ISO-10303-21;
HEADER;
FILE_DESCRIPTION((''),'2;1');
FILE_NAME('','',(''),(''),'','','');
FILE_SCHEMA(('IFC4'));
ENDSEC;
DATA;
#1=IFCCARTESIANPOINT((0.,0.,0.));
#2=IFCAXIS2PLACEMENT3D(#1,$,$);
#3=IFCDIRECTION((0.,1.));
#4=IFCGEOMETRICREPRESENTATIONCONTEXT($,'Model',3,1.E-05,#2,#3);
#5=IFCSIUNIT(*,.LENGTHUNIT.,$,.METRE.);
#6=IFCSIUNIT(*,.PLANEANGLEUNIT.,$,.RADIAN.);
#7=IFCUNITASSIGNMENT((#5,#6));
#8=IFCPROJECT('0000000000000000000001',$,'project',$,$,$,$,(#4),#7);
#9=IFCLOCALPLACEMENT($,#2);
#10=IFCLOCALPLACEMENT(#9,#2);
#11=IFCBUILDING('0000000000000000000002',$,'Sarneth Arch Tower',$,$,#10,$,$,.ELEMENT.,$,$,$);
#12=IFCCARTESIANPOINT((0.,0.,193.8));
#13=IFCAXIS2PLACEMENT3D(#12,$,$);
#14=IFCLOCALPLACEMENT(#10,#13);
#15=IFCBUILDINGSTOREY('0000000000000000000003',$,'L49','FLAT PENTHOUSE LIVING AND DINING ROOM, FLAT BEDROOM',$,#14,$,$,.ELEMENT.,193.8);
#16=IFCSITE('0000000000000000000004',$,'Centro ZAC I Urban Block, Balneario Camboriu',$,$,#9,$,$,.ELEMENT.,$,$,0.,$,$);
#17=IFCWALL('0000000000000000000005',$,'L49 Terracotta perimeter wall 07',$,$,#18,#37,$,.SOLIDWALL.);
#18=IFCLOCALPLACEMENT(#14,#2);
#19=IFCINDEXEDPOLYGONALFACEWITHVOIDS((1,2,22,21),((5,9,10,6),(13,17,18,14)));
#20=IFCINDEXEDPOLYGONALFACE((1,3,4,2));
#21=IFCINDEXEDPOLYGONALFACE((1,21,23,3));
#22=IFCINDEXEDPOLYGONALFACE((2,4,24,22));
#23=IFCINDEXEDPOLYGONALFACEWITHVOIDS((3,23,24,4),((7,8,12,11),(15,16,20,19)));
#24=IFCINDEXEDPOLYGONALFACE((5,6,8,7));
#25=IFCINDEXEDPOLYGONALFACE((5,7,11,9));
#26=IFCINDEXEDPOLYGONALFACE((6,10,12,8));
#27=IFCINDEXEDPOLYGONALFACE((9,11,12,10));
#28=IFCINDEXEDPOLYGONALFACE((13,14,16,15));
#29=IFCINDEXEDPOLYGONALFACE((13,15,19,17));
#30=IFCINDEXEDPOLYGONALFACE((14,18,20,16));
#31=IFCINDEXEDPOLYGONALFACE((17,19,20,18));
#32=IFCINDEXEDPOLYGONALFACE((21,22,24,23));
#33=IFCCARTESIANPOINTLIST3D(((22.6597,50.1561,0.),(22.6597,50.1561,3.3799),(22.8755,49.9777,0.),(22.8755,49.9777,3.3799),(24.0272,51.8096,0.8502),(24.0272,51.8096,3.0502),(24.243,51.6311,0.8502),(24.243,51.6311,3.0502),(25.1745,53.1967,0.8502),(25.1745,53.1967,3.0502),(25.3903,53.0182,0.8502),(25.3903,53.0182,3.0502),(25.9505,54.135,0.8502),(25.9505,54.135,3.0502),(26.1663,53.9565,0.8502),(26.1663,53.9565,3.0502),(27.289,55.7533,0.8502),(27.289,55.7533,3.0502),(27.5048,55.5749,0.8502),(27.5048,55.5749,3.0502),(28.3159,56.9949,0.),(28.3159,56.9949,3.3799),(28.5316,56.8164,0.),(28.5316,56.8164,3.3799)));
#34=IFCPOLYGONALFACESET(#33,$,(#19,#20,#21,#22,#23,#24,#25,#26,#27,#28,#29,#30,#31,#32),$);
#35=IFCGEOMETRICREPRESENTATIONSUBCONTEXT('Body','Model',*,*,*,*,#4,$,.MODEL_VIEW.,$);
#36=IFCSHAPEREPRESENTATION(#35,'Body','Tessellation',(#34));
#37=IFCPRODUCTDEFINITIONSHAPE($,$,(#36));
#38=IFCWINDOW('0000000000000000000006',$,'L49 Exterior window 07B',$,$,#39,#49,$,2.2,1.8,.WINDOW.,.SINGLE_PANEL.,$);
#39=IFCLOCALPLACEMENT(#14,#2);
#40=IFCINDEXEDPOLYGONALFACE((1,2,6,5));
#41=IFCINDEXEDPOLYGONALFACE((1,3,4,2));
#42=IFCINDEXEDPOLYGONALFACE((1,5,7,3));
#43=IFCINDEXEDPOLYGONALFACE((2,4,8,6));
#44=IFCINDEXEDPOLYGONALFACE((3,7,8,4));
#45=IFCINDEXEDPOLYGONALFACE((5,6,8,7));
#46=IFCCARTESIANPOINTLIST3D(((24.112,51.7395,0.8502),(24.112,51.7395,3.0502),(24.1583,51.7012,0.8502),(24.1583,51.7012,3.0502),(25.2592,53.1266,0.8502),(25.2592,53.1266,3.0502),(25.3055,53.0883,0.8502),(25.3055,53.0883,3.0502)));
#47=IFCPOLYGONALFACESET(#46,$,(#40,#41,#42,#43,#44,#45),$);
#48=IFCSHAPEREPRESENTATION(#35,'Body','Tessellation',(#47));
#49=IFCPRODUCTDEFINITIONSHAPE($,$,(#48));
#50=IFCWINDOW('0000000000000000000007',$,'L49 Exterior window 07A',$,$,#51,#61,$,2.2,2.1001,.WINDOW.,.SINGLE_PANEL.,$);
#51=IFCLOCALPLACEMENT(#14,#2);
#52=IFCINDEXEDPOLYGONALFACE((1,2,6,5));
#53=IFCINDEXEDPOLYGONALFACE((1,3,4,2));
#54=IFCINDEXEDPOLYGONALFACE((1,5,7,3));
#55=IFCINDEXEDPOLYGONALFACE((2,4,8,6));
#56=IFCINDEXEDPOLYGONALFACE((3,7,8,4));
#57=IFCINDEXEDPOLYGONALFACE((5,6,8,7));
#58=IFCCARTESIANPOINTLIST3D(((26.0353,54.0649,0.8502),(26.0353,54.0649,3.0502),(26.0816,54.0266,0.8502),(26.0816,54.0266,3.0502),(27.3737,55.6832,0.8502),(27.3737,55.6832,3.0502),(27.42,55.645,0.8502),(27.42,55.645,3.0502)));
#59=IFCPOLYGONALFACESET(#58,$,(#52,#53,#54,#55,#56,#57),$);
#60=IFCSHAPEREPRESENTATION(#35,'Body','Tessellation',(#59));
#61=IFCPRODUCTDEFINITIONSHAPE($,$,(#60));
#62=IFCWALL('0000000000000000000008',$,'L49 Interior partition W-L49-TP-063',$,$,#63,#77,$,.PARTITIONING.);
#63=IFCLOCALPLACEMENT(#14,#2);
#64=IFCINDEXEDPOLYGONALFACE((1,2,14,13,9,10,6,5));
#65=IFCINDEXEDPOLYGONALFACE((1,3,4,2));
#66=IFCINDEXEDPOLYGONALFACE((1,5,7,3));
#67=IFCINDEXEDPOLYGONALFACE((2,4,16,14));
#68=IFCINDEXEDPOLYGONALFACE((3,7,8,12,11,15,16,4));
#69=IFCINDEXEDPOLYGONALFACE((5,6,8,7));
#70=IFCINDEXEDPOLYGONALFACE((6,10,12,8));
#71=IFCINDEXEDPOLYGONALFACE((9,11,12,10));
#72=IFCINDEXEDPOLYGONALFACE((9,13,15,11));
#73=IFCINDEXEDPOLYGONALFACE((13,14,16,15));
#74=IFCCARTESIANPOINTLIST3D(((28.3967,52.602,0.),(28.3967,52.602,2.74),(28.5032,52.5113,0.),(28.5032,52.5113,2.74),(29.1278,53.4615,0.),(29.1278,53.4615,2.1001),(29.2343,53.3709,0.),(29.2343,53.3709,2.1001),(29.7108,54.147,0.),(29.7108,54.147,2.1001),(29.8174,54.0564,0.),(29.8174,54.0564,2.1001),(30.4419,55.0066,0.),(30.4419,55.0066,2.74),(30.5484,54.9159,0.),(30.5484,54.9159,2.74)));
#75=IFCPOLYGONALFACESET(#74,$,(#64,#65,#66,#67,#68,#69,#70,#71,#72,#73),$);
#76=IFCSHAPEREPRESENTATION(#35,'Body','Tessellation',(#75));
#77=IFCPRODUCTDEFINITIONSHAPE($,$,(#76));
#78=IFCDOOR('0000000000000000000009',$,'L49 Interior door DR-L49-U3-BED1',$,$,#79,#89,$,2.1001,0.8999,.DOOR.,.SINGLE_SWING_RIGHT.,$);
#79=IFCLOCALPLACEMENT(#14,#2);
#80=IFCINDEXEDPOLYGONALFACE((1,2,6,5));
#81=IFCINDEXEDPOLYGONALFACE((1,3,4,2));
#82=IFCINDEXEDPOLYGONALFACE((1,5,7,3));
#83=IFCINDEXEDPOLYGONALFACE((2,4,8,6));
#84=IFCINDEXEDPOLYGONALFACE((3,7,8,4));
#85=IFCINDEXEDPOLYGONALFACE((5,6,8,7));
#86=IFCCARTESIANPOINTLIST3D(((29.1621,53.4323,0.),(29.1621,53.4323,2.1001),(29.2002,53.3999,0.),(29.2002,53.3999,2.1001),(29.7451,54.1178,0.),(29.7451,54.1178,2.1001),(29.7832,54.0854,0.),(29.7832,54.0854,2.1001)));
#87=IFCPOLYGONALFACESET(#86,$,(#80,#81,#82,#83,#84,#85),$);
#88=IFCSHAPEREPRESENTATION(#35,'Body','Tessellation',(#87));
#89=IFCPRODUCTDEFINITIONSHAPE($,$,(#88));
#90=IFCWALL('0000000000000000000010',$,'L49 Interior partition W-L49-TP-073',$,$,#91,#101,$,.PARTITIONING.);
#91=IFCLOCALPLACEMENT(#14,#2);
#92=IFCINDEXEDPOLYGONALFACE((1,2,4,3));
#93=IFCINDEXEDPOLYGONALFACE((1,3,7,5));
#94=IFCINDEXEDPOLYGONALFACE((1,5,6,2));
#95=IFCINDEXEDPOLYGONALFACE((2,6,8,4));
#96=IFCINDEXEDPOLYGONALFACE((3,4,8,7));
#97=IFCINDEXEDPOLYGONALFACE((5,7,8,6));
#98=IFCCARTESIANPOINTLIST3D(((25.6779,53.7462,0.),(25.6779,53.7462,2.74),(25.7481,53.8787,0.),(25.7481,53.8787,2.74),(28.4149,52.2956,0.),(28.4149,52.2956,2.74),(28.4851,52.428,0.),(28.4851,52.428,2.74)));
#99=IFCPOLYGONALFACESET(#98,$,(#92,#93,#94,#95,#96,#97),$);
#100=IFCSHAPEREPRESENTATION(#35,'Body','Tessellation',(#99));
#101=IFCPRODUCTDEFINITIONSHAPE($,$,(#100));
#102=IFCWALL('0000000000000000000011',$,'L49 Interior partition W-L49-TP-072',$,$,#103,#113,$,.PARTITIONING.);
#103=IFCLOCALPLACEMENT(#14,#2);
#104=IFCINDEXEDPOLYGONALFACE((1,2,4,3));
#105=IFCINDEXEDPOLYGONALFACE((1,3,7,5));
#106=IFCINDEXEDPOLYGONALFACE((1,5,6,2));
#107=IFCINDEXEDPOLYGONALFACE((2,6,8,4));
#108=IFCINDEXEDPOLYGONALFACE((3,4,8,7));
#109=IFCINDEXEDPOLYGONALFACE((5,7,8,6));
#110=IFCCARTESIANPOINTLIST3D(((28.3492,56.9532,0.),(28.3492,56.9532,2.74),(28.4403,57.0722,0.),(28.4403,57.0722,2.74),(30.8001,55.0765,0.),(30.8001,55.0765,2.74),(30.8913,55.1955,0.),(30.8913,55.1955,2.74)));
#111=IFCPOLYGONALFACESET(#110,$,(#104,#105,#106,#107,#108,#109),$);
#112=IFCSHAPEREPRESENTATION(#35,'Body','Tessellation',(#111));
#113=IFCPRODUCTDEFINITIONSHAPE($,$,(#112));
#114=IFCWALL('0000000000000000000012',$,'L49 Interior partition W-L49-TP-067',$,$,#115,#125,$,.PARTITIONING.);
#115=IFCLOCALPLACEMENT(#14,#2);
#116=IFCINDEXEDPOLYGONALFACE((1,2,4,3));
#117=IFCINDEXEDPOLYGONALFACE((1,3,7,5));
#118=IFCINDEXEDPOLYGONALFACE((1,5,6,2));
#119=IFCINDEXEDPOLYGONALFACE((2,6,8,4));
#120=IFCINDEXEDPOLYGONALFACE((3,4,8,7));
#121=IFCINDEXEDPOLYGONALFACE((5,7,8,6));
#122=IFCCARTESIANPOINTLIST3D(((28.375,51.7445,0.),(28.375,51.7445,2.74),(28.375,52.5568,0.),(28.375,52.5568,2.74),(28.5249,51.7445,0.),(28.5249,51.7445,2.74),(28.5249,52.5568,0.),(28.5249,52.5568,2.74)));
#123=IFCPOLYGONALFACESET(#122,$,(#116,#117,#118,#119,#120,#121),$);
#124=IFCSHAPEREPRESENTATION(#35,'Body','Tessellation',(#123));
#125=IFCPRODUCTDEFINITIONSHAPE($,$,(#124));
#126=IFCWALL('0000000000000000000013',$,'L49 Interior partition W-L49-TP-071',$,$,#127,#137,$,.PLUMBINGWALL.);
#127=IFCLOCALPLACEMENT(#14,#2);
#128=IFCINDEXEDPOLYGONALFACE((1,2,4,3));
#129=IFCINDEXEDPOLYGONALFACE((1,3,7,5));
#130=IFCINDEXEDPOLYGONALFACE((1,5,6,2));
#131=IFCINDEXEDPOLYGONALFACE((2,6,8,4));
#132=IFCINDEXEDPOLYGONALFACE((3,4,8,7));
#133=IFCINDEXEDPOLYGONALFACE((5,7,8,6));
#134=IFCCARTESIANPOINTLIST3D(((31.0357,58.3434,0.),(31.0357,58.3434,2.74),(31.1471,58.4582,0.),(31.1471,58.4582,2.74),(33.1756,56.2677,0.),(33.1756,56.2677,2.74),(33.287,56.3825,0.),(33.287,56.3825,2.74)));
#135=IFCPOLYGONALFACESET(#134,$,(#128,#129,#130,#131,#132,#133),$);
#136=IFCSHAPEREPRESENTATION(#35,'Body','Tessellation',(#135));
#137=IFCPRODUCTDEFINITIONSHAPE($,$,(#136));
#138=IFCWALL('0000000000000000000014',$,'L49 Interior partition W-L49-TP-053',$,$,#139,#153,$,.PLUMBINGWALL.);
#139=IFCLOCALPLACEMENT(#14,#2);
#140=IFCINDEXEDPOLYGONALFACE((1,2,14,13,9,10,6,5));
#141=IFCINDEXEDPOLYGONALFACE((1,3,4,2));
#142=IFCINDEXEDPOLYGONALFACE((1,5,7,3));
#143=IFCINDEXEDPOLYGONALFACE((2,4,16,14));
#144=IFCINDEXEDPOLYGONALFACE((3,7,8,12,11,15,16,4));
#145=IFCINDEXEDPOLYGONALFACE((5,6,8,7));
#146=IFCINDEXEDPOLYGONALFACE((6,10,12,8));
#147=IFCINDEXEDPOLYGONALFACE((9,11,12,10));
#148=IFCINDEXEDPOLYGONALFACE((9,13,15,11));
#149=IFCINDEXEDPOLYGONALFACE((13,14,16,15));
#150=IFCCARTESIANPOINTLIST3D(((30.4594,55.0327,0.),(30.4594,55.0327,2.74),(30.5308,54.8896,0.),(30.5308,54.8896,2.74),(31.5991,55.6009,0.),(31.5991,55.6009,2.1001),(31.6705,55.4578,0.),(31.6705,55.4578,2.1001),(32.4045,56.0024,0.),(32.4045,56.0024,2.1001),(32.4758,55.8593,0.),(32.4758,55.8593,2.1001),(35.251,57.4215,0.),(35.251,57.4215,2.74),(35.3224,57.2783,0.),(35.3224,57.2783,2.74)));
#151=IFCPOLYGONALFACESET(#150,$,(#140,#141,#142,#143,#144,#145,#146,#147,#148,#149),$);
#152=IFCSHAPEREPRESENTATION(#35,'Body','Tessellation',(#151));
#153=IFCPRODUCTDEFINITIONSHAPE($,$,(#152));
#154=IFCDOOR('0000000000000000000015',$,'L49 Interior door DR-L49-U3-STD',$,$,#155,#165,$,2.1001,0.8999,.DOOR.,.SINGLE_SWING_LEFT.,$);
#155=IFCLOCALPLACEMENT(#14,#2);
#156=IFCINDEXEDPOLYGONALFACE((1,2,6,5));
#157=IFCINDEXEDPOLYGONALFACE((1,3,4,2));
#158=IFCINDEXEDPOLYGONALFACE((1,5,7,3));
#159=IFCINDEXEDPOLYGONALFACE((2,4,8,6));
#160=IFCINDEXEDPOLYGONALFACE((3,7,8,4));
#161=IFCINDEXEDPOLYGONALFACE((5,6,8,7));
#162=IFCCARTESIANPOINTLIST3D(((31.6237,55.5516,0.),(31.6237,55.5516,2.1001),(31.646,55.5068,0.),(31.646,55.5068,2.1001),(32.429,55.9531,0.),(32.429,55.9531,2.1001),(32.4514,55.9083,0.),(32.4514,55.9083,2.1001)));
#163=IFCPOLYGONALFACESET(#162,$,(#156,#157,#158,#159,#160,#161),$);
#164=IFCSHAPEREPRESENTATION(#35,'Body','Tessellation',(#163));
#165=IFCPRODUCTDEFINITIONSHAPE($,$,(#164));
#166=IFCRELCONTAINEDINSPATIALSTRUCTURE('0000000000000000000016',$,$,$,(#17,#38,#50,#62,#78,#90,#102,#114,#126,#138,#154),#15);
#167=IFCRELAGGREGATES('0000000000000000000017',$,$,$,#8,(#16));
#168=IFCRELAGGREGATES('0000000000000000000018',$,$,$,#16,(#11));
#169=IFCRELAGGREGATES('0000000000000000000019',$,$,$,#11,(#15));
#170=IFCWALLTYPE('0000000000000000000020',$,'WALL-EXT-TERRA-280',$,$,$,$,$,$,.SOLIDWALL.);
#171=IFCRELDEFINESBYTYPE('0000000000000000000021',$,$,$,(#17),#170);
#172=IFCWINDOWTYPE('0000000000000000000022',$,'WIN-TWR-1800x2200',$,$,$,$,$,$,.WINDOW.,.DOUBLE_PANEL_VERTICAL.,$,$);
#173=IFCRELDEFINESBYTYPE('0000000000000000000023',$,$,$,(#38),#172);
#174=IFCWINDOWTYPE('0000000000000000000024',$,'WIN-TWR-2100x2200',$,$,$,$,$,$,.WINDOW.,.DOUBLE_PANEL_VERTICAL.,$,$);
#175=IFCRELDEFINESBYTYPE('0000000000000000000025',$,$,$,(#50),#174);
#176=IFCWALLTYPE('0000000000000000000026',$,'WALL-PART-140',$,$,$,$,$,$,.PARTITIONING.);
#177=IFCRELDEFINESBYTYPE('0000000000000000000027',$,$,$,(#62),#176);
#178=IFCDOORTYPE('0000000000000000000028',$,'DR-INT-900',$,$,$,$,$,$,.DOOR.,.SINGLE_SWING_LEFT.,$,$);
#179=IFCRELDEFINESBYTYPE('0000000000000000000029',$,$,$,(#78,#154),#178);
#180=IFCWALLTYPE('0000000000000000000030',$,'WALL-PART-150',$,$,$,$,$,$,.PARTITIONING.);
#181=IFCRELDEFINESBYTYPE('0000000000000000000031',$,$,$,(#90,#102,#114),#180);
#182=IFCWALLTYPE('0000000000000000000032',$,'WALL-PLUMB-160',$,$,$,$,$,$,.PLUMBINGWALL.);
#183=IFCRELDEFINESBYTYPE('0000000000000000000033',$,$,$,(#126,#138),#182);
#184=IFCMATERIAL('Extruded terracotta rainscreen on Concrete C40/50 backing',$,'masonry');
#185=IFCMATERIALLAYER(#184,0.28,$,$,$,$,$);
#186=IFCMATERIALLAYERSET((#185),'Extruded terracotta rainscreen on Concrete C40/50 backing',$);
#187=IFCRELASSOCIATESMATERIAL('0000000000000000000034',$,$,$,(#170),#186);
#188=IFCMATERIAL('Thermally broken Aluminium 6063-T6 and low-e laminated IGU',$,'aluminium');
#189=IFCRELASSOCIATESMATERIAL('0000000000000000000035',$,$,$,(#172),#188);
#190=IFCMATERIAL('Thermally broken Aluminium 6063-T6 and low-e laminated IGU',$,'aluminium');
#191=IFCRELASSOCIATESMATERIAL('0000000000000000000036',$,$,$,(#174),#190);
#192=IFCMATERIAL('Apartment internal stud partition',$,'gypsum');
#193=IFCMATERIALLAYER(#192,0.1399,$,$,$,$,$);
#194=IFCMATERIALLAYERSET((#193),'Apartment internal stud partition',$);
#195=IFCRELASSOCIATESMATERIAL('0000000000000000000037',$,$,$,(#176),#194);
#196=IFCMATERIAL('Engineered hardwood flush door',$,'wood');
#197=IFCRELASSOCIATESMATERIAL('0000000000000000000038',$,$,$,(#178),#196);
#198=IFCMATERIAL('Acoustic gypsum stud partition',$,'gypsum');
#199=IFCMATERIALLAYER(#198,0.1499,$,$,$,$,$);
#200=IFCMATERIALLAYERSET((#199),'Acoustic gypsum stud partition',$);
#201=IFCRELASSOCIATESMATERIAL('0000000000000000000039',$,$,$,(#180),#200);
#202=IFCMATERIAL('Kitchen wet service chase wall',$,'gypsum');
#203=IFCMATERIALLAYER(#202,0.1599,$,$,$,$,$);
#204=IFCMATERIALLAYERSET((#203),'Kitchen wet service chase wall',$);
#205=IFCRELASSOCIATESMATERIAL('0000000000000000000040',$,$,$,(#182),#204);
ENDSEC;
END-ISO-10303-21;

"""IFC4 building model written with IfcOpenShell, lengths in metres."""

from ifc_helpers import new_model, si_unit, direction, frame, frame_2d, origin, place, context, subcontext, project, spatial, rectangle, extrude, material, layer, layer_set, type_object, element, fill, save


model = new_model("IFC4")

# Units and contexts
model_context = context("Model", 3, precision=1e-05, world=origin(), true_north=direction((0.0, 1.0)))
body_context = subcontext(model_context, "Body", "Model", "MODEL_VIEW")
ifc_project = project(units=[si_unit("LENGTHUNIT", "METRE"), si_unit("PLANEANGLEUNIT", "RADIAN")], contexts=[model_context])

# Site, building, storey
site_placement = place(None, origin())
site = spatial("IfcSite", under=ifc_project, at=site_placement, Name="Centro ZAC I Urban Block, Balneario Camboriu", CompositionType="ELEMENT", RefElevation=0.0)
building_placement = place(site_placement, origin())
building = spatial("IfcBuilding", under=site, at=building_placement, Name="Sarneth Arch Tower", CompositionType="ELEMENT")
storey_placement = place(building_placement, frame((0.0, 0.0, 193.8)))
storey = spatial("IfcBuildingStorey", under=building, at=storey_placement, Name="L49", Description="FLAT PENTHOUSE LIVING AND DINING ROOM, FLAT BEDROOM", CompositionType="ELEMENT", Elevation=193.8)

# Wall, openings, windows
ifc_material_1 = material(Name="Extruded terracotta rainscreen on Concrete C40/50 backing", Category="masonry")
ifc_layer_1 = layer(ifc_material_1, 0.28)
ifc_layer_set_1 = layer_set([ifc_layer_1], Name="Extruded terracotta rainscreen on Concrete C40/50 backing")
wall_type_1 = type_object("IfcWallType", Name="WALL-EXT-TERRA-280", PredefinedType="SOLIDWALL", material=ifc_layer_set_1)
wall_1_placement = place(storey_placement, frame((28.4238, 56.9058, 0.0), z_axis=(0.0, 0.0, 1.0), x_axis=(-0.637333, -0.770588, 0.0)))
wall_1 = element("IfcWall", 1, at=wall_1_placement, inside=storey, type_object=wall_type_1, Name="L49 Terracotta perimeter wall 07", PredefinedType="SOLIDWALL", context=body_context, shape_type="SweptSolid", body=[
    extrude(rectangle(XDim=8.8748, YDim=0.28, at=frame_2d((4.4375, 0.0))), origin(), (0.0, 0.0, 1.0), 3.3799),
])
opening_1_placement = place(wall_1_placement, frame((1.6113, 0.0, 0.8501)))
opening_1 = element("IfcOpeningElement", 2, at=opening_1_placement, cuts=wall_1, PredefinedType="OPENING", context=body_context, shape_type="SweptSolid", body=[
    extrude(rectangle(XDim=2.1001, YDim=2.2, at=frame_2d((1.05, 1.1001))), frame((0.0, 0.1499, 0.0), z_axis=(0.0, -1.0, 0.0), x_axis=(1.0, 0.0, 0.0)), (0.0, 0.0, 1.0), 0.3),
])
opening_2_placement = place(wall_1_placement, frame((4.9292, 0.0, 0.8501)))
opening_2 = element("IfcOpeningElement", 3, at=opening_2_placement, cuts=wall_1, PredefinedType="OPENING", context=body_context, shape_type="SweptSolid", body=[
    extrude(rectangle(XDim=1.8, YDim=2.2, at=frame_2d((0.8999, 1.1001))), frame((0.0, 0.1499, 0.0), z_axis=(0.0, -1.0, 0.0), x_axis=(1.0, 0.0, 0.0)), (0.0, 0.0, 1.0), 0.3),
])
ifc_material_2 = material(Name="Thermally broken Aluminium 6063-T6 and low-e laminated IGU", Category="aluminium")
window_type_1 = type_object("IfcWindowType", Name="WIN-TWR-1800x2200", PartitioningType="DOUBLE_PANEL_VERTICAL", PredefinedType="WINDOW", material=ifc_material_2)
window_1_placement = place(opening_2_placement, origin())
window_1 = element("IfcWindow", 4, at=window_1_placement, inside=storey, type_object=window_type_1, Name="L49 Exterior window 07B", OverallHeight=2.2, OverallWidth=1.8, PartitioningType="SINGLE_PANEL", PredefinedType="WINDOW", context=body_context, shape_type="SweptSolid", body=[
    extrude(rectangle(XDim=1.8, YDim=2.2, at=frame_2d((0.8999, 1.1001))), frame((0.0, 0.03, 0.0), z_axis=(0.0, -1.0, 0.0), x_axis=(1.0, 0.0, 0.0)), (0.0, 0.0, 1.0), 0.0601),
])
fill(opening_2, window_1)
ifc_material_3 = material(Name="Thermally broken Aluminium 6063-T6 and low-e laminated IGU", Category="aluminium")
window_type_2 = type_object("IfcWindowType", Name="WIN-TWR-2100x2200", PartitioningType="DOUBLE_PANEL_VERTICAL", PredefinedType="WINDOW", material=ifc_material_3)
window_2_placement = place(opening_1_placement, origin())
window_2 = element("IfcWindow", 5, at=window_2_placement, inside=storey, type_object=window_type_2, Name="L49 Exterior window 07A", OverallHeight=2.2, OverallWidth=2.1001, PartitioningType="SINGLE_PANEL", PredefinedType="WINDOW", context=body_context, shape_type="SweptSolid", body=[
    extrude(rectangle(XDim=2.1001, YDim=2.2, at=frame_2d((1.05, 1.1001))), frame((0.0, 0.03, 0.0), z_axis=(0.0, -1.0, 0.0), x_axis=(1.0, 0.0, 0.0)), (0.0, 0.0, 1.0), 0.0601),
])
fill(opening_1, window_2)

# Wall, opening, door
ifc_material_4 = material(Name="Apartment internal stud partition", Category="gypsum")
ifc_layer_2 = layer(ifc_material_4, 0.1399)
ifc_layer_set_2 = layer_set([ifc_layer_2], Name="Apartment internal stud partition")
wall_type_2 = type_object("IfcWallType", Name="WALL-PART-140", PredefinedType="PARTITIONING", material=ifc_layer_set_2)
wall_2_placement = place(storey_placement, frame((28.45, 52.5566, 0.0), z_axis=(0.0, 0.0, 1.0), x_axis=(0.647889, 0.761735, 0.0)))
wall_2 = element("IfcWall", 6, at=wall_2_placement, inside=storey, type_object=wall_type_2, Name="L49 Interior partition W-L49-TP-063", PredefinedType="PARTITIONING", context=body_context, shape_type="SweptSolid", body=[
    extrude(rectangle(XDim=3.1567, YDim=0.1399, at=frame_2d((1.5784, 0.0))), origin(), (0.0, 0.0, 1.0), 2.74),
])
opening_3_placement = place(wall_2_placement, frame((1.1284, 0.0, 0.0)))
opening_3 = element("IfcOpeningElement", 7, at=opening_3_placement, cuts=wall_2, PredefinedType="OPENING", context=body_context, shape_type="SweptSolid", body=[
    extrude(rectangle(XDim=0.8999, YDim=2.1001, at=frame_2d((0.45, 1.05))), frame((0.0, 0.0798, 0.0), z_axis=(0.0, -1.0, 0.0), x_axis=(1.0, 0.0, 0.0)), (0.0, 0.0, 1.0), 0.1599),
])
ifc_material_5 = material(Name="Engineered hardwood flush door", Category="wood")
door_type = type_object("IfcDoorType", Name="DR-INT-900", OperationType="SINGLE_SWING_LEFT", PredefinedType="DOOR", material=ifc_material_5)
door_1_placement = place(opening_3_placement, origin())
door_1 = element("IfcDoor", 8, at=door_1_placement, inside=storey, type_object=door_type, Name="L49 Interior door DR-L49-U3-BED1", OperationType="SINGLE_SWING_RIGHT", OverallHeight=2.1001, OverallWidth=0.8999, PredefinedType="DOOR", context=body_context, shape_type="SweptSolid", body=[
    extrude(rectangle(XDim=0.8999, YDim=2.1001, at=frame_2d((0.45, 1.05))), frame((0.0, 0.0249, 0.0), z_axis=(0.0, -1.0, 0.0), x_axis=(1.0, 0.0, 0.0)), (0.0, 0.0, 1.0), 0.05),
])
fill(opening_3, door_1)

# Walls
ifc_material_6 = material(Name="Acoustic gypsum stud partition", Category="gypsum")
ifc_layer_3 = layer(ifc_material_6, 0.1499)
ifc_layer_set_3 = layer_set([ifc_layer_3], Name="Acoustic gypsum stud partition")
wall_type_3 = type_object("IfcWallType", Name="WALL-PART-150", PredefinedType="PARTITIONING", material=ifc_layer_set_3)
wall_3_placement = place(storey_placement, frame((28.45, 52.3618, 0.0), z_axis=(0.0, 0.0, 1.0), x_axis=(-0.883567, 0.468304, 0.0)))
element("IfcWall", 9, at=wall_3_placement, inside=storey, type_object=wall_type_3, Name="L49 Interior partition W-L49-TP-073", PredefinedType="PARTITIONING", context=body_context, shape_type="SweptSolid", body=[
    extrude(rectangle(XDim=3.0977, YDim=0.1499, at=frame_2d((1.5488, 0.0))), origin(), (0.0, 0.0, 1.0), 2.74),
])
wall_4_placement = place(storey_placement, frame((30.8457, 55.136, 0.0), z_axis=(0.0, 0.0, 1.0), x_axis=(-0.793972, 0.607955, 0.0)))
element("IfcWall", 10, at=wall_4_placement, inside=storey, type_object=wall_type_3, Name="L49 Interior partition W-L49-TP-072", PredefinedType="PARTITIONING", context=body_context, shape_type="SweptSolid", body=[
    extrude(rectangle(XDim=3.0869, YDim=0.1499, at=frame_2d((1.5435, 0.0))), origin(), (0.0, 0.0, 1.0), 2.74),
])
wall_5_placement = place(storey_placement, frame((28.45, 51.7444, 0.0), z_axis=(0.0, 0.0, 1.0), x_axis=(0.0, 1.0, 0.0)))
element("IfcWall", 11, at=wall_5_placement, inside=storey, type_object=wall_type_3, Name="L49 Interior partition W-L49-TP-067", PredefinedType="PARTITIONING", context=body_context, shape_type="SweptSolid", body=[
    extrude(rectangle(XDim=0.8123, YDim=0.1499, at=frame_2d((0.4062, 0.0))), origin(), (0.0, 0.0, 1.0), 2.74),
])
ifc_material_7 = material(Name="Kitchen wet service chase wall", Category="gypsum")
ifc_layer_4 = layer(ifc_material_7, 0.1599)
ifc_layer_set_4 = layer_set([ifc_layer_4], Name="Kitchen wet service chase wall")
wall_type_4 = type_object("IfcWallType", Name="WALL-PLUMB-160", PredefinedType="PLUMBINGWALL", material=ifc_layer_set_4)
wall_6_placement = place(storey_placement, frame((31.0913, 58.4009, 0.0), z_axis=(0.0, 0.0, 1.0), x_axis=(0.717794, -0.696256, 0.0)))
element("IfcWall", 12, at=wall_6_placement, inside=storey, type_object=wall_type_4, Name="L49 Interior partition W-L49-TP-071", PredefinedType="PLUMBINGWALL", context=body_context, shape_type="SweptSolid", body=[
    extrude(rectangle(XDim=2.9812, YDim=0.1599, at=frame_2d((1.4907, 0.0))), origin(), (0.0, 0.0, 1.0), 2.74),
])

# Wall, opening, door
wall_7_placement = place(storey_placement, frame((30.4951, 54.9612, 0.0), z_axis=(0.0, 0.0, 1.0), x_axis=(0.894956, 0.446155, 0.0)))
wall_7 = element("IfcWall", 13, at=wall_7_placement, inside=storey, type_object=wall_type_4, Name="L49 Interior partition W-L49-TP-053", PredefinedType="PLUMBINGWALL", context=body_context, shape_type="SweptSolid", body=[
    extrude(rectangle(XDim=5.354, YDim=0.1599, at=frame_2d((2.677, 0.0))), origin(), (0.0, 0.0, 1.0), 2.74),
])
opening_4_placement = place(wall_7_placement, frame((1.2734, 0.0, 0.0)))
opening_4 = element("IfcOpeningElement", 14, at=opening_4_placement, cuts=wall_7, PredefinedType="OPENING", context=body_context, shape_type="SweptSolid", body=[
    extrude(rectangle(XDim=0.8999, YDim=2.1001, at=frame_2d((0.45, 1.05))), frame((0.0, 0.0898, 0.0), z_axis=(0.0, -1.0, 0.0), x_axis=(1.0, 0.0, 0.0)), (0.0, 0.0, 1.0), 0.1799),
])
door_2_placement = place(opening_4_placement, origin())
door_2 = element("IfcDoor", 15, at=door_2_placement, inside=storey, type_object=door_type, Name="L49 Interior door DR-L49-U3-STD", OperationType="SINGLE_SWING_LEFT", OverallHeight=2.1001, OverallWidth=0.8999, PredefinedType="DOOR", context=body_context, shape_type="SweptSolid", body=[
    extrude(rectangle(XDim=0.8999, YDim=2.1001, at=frame_2d((0.45, 1.05))), frame((0.0, 0.0249, 0.0), z_axis=(0.0, -1.0, 0.0), x_axis=(1.0, 0.0, 0.0)), (0.0, 0.0, 1.0), 0.05),
])
fill(opening_4, door_2)

save(model, "model.ifc")
